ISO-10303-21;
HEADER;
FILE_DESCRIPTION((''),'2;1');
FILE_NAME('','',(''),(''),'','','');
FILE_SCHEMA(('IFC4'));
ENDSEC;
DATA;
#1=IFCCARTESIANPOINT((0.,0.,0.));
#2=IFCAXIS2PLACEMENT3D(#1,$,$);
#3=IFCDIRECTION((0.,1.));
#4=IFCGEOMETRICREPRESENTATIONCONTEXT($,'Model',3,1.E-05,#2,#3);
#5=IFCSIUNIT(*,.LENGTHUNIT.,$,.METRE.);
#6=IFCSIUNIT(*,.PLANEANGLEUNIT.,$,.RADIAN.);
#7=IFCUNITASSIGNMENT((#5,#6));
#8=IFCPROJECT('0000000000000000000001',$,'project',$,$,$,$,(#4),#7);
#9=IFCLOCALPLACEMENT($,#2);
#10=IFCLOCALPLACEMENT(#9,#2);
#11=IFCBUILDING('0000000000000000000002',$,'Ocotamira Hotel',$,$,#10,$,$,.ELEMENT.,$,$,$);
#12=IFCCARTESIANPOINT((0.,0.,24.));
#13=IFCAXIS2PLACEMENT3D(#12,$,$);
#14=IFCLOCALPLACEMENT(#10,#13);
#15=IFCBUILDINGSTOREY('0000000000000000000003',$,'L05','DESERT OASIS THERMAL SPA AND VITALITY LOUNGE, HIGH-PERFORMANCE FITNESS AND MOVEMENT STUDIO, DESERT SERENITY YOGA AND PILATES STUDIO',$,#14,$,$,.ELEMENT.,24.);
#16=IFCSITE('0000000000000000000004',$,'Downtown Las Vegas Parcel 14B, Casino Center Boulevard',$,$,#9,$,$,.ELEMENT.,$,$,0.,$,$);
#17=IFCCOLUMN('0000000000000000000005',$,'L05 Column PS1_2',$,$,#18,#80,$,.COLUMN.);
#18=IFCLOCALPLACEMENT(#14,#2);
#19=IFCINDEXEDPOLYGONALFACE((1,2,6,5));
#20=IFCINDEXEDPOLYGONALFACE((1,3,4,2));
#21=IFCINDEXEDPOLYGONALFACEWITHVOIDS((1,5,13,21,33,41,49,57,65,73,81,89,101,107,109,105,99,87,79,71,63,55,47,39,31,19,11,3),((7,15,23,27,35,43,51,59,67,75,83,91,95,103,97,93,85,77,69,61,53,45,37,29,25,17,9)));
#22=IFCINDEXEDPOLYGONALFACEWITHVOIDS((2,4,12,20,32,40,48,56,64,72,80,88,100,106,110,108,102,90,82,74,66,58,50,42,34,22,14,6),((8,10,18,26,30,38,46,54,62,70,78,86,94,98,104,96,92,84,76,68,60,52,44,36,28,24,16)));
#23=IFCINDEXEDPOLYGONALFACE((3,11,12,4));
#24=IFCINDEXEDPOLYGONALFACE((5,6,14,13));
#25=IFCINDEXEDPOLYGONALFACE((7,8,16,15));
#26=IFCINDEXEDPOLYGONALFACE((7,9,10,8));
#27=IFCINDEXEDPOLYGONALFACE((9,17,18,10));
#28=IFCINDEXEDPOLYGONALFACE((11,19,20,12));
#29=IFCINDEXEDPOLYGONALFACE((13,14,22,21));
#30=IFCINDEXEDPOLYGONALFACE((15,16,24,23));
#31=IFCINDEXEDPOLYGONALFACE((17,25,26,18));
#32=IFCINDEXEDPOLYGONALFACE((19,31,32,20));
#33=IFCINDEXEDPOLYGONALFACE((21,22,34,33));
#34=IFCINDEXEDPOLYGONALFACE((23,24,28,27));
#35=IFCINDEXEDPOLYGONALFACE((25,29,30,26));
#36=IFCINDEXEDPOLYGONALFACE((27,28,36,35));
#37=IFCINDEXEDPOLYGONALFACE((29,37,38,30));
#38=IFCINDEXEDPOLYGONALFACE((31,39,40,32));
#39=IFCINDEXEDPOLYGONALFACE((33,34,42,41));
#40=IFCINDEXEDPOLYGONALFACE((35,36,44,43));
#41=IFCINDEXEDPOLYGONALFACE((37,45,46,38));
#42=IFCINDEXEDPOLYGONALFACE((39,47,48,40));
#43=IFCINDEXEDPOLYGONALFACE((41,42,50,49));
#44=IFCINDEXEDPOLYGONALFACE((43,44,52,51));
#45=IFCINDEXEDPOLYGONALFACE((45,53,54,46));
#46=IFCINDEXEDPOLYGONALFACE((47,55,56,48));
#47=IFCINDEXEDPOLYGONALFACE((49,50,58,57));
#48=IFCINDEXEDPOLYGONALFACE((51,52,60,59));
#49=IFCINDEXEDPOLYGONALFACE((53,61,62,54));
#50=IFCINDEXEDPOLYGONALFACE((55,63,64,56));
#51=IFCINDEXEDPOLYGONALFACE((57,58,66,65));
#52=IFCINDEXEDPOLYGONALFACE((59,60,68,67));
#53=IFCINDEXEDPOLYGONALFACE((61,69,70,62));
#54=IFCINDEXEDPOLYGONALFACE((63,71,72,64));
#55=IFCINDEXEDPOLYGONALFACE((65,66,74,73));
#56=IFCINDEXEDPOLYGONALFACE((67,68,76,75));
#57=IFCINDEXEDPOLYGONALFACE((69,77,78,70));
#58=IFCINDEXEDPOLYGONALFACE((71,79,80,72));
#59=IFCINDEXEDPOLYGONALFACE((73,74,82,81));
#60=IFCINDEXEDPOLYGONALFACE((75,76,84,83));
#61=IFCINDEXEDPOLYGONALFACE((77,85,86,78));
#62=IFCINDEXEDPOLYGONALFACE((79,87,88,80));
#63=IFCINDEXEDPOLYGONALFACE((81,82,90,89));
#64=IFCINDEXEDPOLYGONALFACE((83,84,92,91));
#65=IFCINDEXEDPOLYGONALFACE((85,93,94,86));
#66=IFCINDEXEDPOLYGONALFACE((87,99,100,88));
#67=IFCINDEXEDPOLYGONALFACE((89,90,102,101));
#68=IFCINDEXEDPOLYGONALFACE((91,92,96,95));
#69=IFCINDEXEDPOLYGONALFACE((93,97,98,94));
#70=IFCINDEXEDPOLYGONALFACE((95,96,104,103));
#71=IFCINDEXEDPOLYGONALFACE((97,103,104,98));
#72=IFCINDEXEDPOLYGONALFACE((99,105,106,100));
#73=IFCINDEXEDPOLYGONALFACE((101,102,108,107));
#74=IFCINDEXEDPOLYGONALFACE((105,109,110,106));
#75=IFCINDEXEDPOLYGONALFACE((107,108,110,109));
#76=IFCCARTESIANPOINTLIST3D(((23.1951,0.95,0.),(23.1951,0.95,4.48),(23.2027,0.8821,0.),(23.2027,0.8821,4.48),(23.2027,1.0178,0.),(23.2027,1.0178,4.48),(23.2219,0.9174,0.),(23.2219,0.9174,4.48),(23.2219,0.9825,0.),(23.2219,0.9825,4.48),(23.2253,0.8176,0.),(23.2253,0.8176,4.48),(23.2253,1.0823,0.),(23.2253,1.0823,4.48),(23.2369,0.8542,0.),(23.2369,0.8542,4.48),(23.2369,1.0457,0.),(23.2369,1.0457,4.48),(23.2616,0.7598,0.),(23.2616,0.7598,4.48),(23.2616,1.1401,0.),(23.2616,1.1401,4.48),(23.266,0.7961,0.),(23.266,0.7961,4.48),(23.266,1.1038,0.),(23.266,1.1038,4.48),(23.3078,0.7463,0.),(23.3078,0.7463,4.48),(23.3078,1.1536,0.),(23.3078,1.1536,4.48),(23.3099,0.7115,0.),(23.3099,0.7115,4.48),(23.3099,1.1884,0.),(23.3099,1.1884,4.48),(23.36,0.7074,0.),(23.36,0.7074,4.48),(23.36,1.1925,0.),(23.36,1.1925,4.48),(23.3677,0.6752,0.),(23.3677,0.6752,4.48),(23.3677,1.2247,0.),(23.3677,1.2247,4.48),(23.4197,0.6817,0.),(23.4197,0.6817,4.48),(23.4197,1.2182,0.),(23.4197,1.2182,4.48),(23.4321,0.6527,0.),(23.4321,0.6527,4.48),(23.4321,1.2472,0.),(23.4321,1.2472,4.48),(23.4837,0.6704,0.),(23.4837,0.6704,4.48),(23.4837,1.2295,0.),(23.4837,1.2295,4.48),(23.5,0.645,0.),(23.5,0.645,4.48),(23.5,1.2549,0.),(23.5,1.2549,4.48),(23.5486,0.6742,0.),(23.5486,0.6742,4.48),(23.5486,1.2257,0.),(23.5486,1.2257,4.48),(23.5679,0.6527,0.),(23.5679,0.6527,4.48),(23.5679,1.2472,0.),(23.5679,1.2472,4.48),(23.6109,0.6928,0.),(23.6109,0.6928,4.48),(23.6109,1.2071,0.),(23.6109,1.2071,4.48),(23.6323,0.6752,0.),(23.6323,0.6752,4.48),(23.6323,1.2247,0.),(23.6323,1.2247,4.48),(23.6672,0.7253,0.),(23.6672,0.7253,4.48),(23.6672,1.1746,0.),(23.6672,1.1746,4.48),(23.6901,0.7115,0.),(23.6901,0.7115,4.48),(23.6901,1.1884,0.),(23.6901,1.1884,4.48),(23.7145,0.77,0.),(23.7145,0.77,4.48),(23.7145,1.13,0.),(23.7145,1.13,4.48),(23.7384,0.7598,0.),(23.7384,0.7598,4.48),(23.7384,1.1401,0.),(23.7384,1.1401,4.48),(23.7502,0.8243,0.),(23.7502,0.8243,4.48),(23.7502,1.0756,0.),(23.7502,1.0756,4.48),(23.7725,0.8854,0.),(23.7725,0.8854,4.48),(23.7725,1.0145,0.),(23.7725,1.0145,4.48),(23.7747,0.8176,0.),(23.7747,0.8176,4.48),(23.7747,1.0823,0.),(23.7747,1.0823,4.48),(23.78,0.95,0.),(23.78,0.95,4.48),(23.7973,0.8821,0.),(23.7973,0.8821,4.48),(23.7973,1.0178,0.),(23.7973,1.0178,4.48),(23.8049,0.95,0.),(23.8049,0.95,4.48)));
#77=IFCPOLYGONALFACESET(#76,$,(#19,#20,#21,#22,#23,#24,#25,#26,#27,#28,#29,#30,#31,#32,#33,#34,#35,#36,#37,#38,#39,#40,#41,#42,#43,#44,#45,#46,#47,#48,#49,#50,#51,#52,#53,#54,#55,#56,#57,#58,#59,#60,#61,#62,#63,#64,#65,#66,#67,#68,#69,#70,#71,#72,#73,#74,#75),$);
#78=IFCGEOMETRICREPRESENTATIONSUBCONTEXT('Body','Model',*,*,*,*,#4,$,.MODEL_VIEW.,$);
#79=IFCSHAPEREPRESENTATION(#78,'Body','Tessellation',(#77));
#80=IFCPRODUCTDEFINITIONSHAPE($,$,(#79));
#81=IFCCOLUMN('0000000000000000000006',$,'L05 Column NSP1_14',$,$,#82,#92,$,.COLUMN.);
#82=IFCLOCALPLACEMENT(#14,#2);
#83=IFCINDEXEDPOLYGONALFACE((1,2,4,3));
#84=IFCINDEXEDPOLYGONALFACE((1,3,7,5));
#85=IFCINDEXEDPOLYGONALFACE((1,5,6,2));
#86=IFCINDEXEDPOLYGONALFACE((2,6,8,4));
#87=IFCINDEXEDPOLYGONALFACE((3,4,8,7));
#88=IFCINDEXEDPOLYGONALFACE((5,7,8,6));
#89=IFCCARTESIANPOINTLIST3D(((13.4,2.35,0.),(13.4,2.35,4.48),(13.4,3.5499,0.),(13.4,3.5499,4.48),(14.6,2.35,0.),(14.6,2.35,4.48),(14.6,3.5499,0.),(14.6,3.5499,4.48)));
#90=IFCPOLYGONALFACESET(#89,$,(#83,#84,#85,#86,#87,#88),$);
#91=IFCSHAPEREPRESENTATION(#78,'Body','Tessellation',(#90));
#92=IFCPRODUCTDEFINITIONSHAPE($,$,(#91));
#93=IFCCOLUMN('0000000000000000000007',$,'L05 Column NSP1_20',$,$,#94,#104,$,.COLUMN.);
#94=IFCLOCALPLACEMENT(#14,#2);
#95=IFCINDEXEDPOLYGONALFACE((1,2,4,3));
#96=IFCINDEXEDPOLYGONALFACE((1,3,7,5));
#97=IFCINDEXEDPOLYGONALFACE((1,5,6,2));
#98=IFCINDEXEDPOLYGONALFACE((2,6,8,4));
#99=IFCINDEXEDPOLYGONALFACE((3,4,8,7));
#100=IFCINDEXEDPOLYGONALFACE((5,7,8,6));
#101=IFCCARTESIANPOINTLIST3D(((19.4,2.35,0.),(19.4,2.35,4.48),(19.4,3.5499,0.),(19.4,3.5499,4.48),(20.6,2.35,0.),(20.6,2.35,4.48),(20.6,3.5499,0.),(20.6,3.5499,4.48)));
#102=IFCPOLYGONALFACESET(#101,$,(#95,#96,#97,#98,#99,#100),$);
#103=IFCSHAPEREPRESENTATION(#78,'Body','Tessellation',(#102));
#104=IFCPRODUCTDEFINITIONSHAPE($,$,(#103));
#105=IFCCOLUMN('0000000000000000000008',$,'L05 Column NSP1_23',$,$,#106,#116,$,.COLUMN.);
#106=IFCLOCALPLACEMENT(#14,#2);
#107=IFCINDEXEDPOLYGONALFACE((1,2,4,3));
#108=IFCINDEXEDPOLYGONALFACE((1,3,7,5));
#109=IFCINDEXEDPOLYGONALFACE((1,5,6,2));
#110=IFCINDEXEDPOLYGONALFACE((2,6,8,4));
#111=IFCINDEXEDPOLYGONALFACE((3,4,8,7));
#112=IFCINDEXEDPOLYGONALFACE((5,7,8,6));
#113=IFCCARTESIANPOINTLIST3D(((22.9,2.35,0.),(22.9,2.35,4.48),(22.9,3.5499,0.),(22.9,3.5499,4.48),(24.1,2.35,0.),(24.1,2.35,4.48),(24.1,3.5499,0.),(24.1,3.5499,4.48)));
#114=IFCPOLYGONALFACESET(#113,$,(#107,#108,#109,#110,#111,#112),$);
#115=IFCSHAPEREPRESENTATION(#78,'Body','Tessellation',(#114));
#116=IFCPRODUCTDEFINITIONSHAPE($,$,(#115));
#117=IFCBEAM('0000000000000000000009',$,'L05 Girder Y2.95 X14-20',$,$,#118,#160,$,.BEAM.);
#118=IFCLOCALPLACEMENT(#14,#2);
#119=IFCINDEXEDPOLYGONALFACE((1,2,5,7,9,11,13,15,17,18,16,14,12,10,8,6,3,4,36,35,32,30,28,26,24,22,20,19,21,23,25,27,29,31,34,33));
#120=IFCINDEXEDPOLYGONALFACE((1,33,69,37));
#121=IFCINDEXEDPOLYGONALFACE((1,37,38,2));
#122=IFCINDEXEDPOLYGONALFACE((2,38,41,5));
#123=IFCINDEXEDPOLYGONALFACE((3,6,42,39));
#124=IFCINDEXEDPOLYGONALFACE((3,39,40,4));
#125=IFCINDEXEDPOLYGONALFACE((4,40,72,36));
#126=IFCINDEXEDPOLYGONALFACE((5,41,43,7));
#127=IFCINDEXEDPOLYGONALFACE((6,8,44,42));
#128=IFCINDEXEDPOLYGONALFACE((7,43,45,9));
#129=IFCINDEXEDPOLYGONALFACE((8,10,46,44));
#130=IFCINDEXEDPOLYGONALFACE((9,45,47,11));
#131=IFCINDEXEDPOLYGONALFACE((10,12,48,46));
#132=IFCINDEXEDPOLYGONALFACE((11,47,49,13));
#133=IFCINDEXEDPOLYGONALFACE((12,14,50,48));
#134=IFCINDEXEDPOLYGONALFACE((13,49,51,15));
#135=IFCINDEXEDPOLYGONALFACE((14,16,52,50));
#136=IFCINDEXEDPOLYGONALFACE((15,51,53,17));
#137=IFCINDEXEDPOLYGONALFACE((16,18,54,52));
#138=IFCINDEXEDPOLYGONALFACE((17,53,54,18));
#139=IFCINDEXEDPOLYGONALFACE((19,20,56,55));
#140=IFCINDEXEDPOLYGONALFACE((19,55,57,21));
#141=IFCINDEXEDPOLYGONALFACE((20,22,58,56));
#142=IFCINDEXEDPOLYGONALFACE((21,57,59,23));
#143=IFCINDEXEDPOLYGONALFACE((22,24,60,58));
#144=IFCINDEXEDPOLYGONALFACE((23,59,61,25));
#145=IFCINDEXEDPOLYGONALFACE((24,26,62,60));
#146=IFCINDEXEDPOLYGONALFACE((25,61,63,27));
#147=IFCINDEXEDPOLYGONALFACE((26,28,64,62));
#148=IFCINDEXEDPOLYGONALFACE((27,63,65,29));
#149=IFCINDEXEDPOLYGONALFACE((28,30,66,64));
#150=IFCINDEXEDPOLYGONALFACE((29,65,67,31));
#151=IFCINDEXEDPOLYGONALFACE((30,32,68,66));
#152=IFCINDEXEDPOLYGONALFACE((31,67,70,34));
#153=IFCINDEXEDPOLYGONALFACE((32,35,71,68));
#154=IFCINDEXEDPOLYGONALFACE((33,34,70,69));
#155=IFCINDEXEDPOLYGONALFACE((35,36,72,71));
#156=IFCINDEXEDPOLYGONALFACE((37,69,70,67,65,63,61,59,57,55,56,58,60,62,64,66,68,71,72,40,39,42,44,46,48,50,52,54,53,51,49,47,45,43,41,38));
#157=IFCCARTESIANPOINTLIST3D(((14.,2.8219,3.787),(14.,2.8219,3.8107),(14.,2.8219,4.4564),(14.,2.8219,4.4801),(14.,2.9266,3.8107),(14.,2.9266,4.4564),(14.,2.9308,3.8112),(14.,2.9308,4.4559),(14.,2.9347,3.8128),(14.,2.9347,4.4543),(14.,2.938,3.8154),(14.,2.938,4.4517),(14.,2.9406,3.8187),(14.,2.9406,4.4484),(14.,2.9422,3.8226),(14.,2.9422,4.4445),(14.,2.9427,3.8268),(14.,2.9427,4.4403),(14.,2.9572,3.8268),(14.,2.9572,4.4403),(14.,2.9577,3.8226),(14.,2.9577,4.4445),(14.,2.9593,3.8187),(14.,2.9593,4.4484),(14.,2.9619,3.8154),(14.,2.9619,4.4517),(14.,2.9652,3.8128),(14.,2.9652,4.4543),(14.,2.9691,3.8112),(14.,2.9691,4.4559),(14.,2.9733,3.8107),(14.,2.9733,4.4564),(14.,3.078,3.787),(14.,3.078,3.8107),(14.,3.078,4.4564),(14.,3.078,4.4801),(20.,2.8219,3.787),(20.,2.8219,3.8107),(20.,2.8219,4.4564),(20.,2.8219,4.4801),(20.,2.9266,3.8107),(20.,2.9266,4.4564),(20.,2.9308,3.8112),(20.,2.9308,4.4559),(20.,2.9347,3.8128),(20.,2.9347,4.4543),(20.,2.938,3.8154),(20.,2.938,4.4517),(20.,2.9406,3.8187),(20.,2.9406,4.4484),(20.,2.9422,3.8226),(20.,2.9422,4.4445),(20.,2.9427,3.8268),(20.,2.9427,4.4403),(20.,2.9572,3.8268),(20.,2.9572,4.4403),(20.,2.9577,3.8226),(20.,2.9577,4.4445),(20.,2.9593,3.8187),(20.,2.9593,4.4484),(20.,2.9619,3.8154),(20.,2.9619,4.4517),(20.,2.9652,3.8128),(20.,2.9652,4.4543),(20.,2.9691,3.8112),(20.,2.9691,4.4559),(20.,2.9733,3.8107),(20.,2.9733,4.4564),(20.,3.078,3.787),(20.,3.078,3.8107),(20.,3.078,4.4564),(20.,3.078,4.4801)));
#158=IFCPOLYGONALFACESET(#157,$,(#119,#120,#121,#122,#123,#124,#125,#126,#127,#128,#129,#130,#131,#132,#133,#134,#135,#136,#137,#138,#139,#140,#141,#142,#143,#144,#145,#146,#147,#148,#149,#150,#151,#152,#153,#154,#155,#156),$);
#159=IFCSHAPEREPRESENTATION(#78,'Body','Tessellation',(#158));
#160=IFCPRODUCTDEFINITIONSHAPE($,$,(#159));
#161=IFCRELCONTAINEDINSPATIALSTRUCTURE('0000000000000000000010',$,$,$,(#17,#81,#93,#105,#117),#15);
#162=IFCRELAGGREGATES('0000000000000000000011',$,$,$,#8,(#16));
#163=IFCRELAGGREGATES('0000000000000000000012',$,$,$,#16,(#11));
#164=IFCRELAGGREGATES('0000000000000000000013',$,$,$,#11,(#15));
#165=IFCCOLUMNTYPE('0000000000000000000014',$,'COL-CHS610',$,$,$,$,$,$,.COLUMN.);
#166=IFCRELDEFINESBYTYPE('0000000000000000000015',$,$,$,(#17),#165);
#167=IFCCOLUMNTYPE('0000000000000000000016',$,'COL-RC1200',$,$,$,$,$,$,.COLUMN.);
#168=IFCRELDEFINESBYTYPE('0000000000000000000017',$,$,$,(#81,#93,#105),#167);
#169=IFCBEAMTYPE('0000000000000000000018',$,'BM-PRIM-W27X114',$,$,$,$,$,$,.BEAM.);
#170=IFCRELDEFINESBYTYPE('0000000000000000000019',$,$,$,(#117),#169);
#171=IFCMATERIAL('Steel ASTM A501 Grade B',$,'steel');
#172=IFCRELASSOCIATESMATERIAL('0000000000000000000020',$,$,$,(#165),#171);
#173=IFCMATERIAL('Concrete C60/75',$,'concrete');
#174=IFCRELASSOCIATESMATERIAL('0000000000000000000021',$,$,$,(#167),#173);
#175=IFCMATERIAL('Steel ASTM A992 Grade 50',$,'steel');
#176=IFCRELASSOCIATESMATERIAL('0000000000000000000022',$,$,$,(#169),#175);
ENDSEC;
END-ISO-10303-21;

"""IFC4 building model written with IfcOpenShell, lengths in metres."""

from ifc_helpers import new_model, si_unit, direction, frame, origin, origin_2d, place, context, subcontext, project, spatial, rectangle, hollow_circle, i_section, extrude, source, transform, mapped, material, material_profile, profile_set, type_object, element, save


model = new_model("IFC4")

# Units and contexts
model_context = context("Model", 3, precision=1e-05, world=origin(), true_north=direction((0.0, 1.0)))
body_context = subcontext(model_context, "Body", "Model", "MODEL_VIEW")
ifc_project = project(units=[si_unit("LENGTHUNIT", "METRE"), si_unit("PLANEANGLEUNIT", "RADIAN")], contexts=[model_context])

# Site, building, storey
site_placement = place(None, origin())
site = spatial("IfcSite", under=ifc_project, at=site_placement, Name="Downtown Las Vegas Parcel 14B, Casino Center Boulevard", CompositionType="ELEMENT", RefElevation=0.0)
building_placement = place(site_placement, origin())
building = spatial("IfcBuilding", under=site, at=building_placement, Name="Ocotamira Hotel", CompositionType="ELEMENT")
storey_placement = place(building_placement, frame((0.0, 0.0, 24.0)))
storey = spatial("IfcBuildingStorey", under=building, at=storey_placement, Name="L05", Description="DESERT OASIS THERMAL SPA AND VITALITY LOUNGE, HIGH-PERFORMANCE FITNESS AND MOVEMENT STUDIO, DESERT SERENITY YOGA AND PILATES STUDIO", CompositionType="ELEMENT", Elevation=24.0)

# Columns
ifc_material_1 = material(Name="Steel ASTM A501 Grade B", Category="steel")
ifc_material_profile_1 = material_profile(ifc_material_1, hollow_circle(Radius=0.3049, WallThickness=0.0249, at=origin_2d()), Name="CHS610X25")
ifc_profile_set_1 = profile_set([ifc_material_profile_1], Name="Steel ASTM A501 Grade B")
column_type_1 = type_object("IfcColumnType", Name="COL-CHS610", PredefinedType="COLUMN", material=ifc_profile_set_1)
shared_shape_1 = source(origin(), body_context, "Body", "SweptSolid", [
    extrude(hollow_circle(Radius=0.3049, WallThickness=0.0249, at=origin_2d()), origin(), (0.0, 0.0, 1.0), 4.48),
])
column_placement = place(storey_placement, frame((23.5, 0.95, 0.0), z_axis=(0.0, 0.0, 1.0), x_axis=(1.0, 0.0, 0.0)))
element("IfcColumn", 1, at=column_placement, inside=storey, type_object=column_type_1, Name="L05 Column PS1_2", PredefinedType="COLUMN", context=body_context, shape_type="MappedRepresentation", body=[
    mapped(shared_shape_1, transform((0.0, 0.0, 0.0), scale=1.0)),
])
ifc_material_2 = material(Name="Concrete C60/75", Category="concrete")
ifc_material_profile_2 = material_profile(ifc_material_2, rectangle(XDim=1.2, YDim=1.2, at=origin_2d()), Name="RC1200X1200")
ifc_profile_set_2 = profile_set([ifc_material_profile_2], Name="Concrete C60/75")
column_type_2 = type_object("IfcColumnType", Name="COL-RC1200", PredefinedType="COLUMN", material=ifc_profile_set_2)
shared_shape_2 = source(origin(), body_context, "Body", "SweptSolid", [
    extrude(rectangle(XDim=1.2, YDim=1.2, at=origin_2d()), origin(), (0.0, 0.0, 1.0), 4.48),
])
for number, where, z_axis, x_axis, name in (
    (2, (14.0, 2.95, 0.0), (0.0, 0.0, 1.0), (1.0, 0.0, 0.0), "L05 Column NSP1_14"),
    (3, (20.0, 2.95, 0.0), (0.0, 0.0, 1.0), (1.0, 0.0, 0.0), "L05 Column NSP1_20"),
    (4, (23.5, 2.95, 0.0), (0.0, 0.0, 1.0), (1.0, 0.0, 0.0), "L05 Column NSP1_23"),
):
    element("IfcColumn", number, at=place(storey_placement, frame(where, z_axis=z_axis, x_axis=x_axis)), inside=storey, type_object=column_type_2, Name=name, PredefinedType="COLUMN", context=body_context, shape_type="MappedRepresentation", body=[
        mapped(shared_shape_2, transform((0.0, 0.0, 0.0), scale=1.0)),
    ])

# Beam
ifc_material_3 = material(Name="Steel ASTM A992 Grade 50", Category="steel")
ifc_material_profile_3 = material_profile(ifc_material_3, i_section(OverallWidth=0.2561, OverallDepth=0.6931, WebThickness=0.0144, FlangeThickness=0.0237, FilletRadius=0.0161, at=origin_2d()), Name="W27X114")
ifc_profile_set_3 = profile_set([ifc_material_profile_3], Name="Steel ASTM A992 Grade 50")
beam_type_1 = type_object("IfcBeamType", Name="BM-PRIM-W27X114", PredefinedType="BEAM", material=ifc_profile_set_3)
shared_shape_3 = source(origin(), body_context, "Body", "SweptSolid", [
    extrude(i_section(OverallWidth=0.2561, OverallDepth=0.6931, WebThickness=0.0144, FlangeThickness=0.0237, FilletRadius=0.0161, at=origin_2d()), origin(), (0.0, 0.0, 1.0), 6.0),
])
beam_1_placement = place(storey_placement, frame((14.0, 2.95, 4.1335), z_axis=(1.0, 0.0, 0.0), x_axis=(0.0, 1.0, 0.0)))
element("IfcBeam", 5, at=beam_1_placement, inside=storey, type_object=beam_type_1, Name="L05 Girder Y2.95 X14-20", PredefinedType="BEAM", context=body_context, shape_type="MappedRepresentation", body=[
    mapped(shared_shape_3, transform((0.0, 0.0, 0.0), scale=1.0)),
])

save(model, "model.ifc")
